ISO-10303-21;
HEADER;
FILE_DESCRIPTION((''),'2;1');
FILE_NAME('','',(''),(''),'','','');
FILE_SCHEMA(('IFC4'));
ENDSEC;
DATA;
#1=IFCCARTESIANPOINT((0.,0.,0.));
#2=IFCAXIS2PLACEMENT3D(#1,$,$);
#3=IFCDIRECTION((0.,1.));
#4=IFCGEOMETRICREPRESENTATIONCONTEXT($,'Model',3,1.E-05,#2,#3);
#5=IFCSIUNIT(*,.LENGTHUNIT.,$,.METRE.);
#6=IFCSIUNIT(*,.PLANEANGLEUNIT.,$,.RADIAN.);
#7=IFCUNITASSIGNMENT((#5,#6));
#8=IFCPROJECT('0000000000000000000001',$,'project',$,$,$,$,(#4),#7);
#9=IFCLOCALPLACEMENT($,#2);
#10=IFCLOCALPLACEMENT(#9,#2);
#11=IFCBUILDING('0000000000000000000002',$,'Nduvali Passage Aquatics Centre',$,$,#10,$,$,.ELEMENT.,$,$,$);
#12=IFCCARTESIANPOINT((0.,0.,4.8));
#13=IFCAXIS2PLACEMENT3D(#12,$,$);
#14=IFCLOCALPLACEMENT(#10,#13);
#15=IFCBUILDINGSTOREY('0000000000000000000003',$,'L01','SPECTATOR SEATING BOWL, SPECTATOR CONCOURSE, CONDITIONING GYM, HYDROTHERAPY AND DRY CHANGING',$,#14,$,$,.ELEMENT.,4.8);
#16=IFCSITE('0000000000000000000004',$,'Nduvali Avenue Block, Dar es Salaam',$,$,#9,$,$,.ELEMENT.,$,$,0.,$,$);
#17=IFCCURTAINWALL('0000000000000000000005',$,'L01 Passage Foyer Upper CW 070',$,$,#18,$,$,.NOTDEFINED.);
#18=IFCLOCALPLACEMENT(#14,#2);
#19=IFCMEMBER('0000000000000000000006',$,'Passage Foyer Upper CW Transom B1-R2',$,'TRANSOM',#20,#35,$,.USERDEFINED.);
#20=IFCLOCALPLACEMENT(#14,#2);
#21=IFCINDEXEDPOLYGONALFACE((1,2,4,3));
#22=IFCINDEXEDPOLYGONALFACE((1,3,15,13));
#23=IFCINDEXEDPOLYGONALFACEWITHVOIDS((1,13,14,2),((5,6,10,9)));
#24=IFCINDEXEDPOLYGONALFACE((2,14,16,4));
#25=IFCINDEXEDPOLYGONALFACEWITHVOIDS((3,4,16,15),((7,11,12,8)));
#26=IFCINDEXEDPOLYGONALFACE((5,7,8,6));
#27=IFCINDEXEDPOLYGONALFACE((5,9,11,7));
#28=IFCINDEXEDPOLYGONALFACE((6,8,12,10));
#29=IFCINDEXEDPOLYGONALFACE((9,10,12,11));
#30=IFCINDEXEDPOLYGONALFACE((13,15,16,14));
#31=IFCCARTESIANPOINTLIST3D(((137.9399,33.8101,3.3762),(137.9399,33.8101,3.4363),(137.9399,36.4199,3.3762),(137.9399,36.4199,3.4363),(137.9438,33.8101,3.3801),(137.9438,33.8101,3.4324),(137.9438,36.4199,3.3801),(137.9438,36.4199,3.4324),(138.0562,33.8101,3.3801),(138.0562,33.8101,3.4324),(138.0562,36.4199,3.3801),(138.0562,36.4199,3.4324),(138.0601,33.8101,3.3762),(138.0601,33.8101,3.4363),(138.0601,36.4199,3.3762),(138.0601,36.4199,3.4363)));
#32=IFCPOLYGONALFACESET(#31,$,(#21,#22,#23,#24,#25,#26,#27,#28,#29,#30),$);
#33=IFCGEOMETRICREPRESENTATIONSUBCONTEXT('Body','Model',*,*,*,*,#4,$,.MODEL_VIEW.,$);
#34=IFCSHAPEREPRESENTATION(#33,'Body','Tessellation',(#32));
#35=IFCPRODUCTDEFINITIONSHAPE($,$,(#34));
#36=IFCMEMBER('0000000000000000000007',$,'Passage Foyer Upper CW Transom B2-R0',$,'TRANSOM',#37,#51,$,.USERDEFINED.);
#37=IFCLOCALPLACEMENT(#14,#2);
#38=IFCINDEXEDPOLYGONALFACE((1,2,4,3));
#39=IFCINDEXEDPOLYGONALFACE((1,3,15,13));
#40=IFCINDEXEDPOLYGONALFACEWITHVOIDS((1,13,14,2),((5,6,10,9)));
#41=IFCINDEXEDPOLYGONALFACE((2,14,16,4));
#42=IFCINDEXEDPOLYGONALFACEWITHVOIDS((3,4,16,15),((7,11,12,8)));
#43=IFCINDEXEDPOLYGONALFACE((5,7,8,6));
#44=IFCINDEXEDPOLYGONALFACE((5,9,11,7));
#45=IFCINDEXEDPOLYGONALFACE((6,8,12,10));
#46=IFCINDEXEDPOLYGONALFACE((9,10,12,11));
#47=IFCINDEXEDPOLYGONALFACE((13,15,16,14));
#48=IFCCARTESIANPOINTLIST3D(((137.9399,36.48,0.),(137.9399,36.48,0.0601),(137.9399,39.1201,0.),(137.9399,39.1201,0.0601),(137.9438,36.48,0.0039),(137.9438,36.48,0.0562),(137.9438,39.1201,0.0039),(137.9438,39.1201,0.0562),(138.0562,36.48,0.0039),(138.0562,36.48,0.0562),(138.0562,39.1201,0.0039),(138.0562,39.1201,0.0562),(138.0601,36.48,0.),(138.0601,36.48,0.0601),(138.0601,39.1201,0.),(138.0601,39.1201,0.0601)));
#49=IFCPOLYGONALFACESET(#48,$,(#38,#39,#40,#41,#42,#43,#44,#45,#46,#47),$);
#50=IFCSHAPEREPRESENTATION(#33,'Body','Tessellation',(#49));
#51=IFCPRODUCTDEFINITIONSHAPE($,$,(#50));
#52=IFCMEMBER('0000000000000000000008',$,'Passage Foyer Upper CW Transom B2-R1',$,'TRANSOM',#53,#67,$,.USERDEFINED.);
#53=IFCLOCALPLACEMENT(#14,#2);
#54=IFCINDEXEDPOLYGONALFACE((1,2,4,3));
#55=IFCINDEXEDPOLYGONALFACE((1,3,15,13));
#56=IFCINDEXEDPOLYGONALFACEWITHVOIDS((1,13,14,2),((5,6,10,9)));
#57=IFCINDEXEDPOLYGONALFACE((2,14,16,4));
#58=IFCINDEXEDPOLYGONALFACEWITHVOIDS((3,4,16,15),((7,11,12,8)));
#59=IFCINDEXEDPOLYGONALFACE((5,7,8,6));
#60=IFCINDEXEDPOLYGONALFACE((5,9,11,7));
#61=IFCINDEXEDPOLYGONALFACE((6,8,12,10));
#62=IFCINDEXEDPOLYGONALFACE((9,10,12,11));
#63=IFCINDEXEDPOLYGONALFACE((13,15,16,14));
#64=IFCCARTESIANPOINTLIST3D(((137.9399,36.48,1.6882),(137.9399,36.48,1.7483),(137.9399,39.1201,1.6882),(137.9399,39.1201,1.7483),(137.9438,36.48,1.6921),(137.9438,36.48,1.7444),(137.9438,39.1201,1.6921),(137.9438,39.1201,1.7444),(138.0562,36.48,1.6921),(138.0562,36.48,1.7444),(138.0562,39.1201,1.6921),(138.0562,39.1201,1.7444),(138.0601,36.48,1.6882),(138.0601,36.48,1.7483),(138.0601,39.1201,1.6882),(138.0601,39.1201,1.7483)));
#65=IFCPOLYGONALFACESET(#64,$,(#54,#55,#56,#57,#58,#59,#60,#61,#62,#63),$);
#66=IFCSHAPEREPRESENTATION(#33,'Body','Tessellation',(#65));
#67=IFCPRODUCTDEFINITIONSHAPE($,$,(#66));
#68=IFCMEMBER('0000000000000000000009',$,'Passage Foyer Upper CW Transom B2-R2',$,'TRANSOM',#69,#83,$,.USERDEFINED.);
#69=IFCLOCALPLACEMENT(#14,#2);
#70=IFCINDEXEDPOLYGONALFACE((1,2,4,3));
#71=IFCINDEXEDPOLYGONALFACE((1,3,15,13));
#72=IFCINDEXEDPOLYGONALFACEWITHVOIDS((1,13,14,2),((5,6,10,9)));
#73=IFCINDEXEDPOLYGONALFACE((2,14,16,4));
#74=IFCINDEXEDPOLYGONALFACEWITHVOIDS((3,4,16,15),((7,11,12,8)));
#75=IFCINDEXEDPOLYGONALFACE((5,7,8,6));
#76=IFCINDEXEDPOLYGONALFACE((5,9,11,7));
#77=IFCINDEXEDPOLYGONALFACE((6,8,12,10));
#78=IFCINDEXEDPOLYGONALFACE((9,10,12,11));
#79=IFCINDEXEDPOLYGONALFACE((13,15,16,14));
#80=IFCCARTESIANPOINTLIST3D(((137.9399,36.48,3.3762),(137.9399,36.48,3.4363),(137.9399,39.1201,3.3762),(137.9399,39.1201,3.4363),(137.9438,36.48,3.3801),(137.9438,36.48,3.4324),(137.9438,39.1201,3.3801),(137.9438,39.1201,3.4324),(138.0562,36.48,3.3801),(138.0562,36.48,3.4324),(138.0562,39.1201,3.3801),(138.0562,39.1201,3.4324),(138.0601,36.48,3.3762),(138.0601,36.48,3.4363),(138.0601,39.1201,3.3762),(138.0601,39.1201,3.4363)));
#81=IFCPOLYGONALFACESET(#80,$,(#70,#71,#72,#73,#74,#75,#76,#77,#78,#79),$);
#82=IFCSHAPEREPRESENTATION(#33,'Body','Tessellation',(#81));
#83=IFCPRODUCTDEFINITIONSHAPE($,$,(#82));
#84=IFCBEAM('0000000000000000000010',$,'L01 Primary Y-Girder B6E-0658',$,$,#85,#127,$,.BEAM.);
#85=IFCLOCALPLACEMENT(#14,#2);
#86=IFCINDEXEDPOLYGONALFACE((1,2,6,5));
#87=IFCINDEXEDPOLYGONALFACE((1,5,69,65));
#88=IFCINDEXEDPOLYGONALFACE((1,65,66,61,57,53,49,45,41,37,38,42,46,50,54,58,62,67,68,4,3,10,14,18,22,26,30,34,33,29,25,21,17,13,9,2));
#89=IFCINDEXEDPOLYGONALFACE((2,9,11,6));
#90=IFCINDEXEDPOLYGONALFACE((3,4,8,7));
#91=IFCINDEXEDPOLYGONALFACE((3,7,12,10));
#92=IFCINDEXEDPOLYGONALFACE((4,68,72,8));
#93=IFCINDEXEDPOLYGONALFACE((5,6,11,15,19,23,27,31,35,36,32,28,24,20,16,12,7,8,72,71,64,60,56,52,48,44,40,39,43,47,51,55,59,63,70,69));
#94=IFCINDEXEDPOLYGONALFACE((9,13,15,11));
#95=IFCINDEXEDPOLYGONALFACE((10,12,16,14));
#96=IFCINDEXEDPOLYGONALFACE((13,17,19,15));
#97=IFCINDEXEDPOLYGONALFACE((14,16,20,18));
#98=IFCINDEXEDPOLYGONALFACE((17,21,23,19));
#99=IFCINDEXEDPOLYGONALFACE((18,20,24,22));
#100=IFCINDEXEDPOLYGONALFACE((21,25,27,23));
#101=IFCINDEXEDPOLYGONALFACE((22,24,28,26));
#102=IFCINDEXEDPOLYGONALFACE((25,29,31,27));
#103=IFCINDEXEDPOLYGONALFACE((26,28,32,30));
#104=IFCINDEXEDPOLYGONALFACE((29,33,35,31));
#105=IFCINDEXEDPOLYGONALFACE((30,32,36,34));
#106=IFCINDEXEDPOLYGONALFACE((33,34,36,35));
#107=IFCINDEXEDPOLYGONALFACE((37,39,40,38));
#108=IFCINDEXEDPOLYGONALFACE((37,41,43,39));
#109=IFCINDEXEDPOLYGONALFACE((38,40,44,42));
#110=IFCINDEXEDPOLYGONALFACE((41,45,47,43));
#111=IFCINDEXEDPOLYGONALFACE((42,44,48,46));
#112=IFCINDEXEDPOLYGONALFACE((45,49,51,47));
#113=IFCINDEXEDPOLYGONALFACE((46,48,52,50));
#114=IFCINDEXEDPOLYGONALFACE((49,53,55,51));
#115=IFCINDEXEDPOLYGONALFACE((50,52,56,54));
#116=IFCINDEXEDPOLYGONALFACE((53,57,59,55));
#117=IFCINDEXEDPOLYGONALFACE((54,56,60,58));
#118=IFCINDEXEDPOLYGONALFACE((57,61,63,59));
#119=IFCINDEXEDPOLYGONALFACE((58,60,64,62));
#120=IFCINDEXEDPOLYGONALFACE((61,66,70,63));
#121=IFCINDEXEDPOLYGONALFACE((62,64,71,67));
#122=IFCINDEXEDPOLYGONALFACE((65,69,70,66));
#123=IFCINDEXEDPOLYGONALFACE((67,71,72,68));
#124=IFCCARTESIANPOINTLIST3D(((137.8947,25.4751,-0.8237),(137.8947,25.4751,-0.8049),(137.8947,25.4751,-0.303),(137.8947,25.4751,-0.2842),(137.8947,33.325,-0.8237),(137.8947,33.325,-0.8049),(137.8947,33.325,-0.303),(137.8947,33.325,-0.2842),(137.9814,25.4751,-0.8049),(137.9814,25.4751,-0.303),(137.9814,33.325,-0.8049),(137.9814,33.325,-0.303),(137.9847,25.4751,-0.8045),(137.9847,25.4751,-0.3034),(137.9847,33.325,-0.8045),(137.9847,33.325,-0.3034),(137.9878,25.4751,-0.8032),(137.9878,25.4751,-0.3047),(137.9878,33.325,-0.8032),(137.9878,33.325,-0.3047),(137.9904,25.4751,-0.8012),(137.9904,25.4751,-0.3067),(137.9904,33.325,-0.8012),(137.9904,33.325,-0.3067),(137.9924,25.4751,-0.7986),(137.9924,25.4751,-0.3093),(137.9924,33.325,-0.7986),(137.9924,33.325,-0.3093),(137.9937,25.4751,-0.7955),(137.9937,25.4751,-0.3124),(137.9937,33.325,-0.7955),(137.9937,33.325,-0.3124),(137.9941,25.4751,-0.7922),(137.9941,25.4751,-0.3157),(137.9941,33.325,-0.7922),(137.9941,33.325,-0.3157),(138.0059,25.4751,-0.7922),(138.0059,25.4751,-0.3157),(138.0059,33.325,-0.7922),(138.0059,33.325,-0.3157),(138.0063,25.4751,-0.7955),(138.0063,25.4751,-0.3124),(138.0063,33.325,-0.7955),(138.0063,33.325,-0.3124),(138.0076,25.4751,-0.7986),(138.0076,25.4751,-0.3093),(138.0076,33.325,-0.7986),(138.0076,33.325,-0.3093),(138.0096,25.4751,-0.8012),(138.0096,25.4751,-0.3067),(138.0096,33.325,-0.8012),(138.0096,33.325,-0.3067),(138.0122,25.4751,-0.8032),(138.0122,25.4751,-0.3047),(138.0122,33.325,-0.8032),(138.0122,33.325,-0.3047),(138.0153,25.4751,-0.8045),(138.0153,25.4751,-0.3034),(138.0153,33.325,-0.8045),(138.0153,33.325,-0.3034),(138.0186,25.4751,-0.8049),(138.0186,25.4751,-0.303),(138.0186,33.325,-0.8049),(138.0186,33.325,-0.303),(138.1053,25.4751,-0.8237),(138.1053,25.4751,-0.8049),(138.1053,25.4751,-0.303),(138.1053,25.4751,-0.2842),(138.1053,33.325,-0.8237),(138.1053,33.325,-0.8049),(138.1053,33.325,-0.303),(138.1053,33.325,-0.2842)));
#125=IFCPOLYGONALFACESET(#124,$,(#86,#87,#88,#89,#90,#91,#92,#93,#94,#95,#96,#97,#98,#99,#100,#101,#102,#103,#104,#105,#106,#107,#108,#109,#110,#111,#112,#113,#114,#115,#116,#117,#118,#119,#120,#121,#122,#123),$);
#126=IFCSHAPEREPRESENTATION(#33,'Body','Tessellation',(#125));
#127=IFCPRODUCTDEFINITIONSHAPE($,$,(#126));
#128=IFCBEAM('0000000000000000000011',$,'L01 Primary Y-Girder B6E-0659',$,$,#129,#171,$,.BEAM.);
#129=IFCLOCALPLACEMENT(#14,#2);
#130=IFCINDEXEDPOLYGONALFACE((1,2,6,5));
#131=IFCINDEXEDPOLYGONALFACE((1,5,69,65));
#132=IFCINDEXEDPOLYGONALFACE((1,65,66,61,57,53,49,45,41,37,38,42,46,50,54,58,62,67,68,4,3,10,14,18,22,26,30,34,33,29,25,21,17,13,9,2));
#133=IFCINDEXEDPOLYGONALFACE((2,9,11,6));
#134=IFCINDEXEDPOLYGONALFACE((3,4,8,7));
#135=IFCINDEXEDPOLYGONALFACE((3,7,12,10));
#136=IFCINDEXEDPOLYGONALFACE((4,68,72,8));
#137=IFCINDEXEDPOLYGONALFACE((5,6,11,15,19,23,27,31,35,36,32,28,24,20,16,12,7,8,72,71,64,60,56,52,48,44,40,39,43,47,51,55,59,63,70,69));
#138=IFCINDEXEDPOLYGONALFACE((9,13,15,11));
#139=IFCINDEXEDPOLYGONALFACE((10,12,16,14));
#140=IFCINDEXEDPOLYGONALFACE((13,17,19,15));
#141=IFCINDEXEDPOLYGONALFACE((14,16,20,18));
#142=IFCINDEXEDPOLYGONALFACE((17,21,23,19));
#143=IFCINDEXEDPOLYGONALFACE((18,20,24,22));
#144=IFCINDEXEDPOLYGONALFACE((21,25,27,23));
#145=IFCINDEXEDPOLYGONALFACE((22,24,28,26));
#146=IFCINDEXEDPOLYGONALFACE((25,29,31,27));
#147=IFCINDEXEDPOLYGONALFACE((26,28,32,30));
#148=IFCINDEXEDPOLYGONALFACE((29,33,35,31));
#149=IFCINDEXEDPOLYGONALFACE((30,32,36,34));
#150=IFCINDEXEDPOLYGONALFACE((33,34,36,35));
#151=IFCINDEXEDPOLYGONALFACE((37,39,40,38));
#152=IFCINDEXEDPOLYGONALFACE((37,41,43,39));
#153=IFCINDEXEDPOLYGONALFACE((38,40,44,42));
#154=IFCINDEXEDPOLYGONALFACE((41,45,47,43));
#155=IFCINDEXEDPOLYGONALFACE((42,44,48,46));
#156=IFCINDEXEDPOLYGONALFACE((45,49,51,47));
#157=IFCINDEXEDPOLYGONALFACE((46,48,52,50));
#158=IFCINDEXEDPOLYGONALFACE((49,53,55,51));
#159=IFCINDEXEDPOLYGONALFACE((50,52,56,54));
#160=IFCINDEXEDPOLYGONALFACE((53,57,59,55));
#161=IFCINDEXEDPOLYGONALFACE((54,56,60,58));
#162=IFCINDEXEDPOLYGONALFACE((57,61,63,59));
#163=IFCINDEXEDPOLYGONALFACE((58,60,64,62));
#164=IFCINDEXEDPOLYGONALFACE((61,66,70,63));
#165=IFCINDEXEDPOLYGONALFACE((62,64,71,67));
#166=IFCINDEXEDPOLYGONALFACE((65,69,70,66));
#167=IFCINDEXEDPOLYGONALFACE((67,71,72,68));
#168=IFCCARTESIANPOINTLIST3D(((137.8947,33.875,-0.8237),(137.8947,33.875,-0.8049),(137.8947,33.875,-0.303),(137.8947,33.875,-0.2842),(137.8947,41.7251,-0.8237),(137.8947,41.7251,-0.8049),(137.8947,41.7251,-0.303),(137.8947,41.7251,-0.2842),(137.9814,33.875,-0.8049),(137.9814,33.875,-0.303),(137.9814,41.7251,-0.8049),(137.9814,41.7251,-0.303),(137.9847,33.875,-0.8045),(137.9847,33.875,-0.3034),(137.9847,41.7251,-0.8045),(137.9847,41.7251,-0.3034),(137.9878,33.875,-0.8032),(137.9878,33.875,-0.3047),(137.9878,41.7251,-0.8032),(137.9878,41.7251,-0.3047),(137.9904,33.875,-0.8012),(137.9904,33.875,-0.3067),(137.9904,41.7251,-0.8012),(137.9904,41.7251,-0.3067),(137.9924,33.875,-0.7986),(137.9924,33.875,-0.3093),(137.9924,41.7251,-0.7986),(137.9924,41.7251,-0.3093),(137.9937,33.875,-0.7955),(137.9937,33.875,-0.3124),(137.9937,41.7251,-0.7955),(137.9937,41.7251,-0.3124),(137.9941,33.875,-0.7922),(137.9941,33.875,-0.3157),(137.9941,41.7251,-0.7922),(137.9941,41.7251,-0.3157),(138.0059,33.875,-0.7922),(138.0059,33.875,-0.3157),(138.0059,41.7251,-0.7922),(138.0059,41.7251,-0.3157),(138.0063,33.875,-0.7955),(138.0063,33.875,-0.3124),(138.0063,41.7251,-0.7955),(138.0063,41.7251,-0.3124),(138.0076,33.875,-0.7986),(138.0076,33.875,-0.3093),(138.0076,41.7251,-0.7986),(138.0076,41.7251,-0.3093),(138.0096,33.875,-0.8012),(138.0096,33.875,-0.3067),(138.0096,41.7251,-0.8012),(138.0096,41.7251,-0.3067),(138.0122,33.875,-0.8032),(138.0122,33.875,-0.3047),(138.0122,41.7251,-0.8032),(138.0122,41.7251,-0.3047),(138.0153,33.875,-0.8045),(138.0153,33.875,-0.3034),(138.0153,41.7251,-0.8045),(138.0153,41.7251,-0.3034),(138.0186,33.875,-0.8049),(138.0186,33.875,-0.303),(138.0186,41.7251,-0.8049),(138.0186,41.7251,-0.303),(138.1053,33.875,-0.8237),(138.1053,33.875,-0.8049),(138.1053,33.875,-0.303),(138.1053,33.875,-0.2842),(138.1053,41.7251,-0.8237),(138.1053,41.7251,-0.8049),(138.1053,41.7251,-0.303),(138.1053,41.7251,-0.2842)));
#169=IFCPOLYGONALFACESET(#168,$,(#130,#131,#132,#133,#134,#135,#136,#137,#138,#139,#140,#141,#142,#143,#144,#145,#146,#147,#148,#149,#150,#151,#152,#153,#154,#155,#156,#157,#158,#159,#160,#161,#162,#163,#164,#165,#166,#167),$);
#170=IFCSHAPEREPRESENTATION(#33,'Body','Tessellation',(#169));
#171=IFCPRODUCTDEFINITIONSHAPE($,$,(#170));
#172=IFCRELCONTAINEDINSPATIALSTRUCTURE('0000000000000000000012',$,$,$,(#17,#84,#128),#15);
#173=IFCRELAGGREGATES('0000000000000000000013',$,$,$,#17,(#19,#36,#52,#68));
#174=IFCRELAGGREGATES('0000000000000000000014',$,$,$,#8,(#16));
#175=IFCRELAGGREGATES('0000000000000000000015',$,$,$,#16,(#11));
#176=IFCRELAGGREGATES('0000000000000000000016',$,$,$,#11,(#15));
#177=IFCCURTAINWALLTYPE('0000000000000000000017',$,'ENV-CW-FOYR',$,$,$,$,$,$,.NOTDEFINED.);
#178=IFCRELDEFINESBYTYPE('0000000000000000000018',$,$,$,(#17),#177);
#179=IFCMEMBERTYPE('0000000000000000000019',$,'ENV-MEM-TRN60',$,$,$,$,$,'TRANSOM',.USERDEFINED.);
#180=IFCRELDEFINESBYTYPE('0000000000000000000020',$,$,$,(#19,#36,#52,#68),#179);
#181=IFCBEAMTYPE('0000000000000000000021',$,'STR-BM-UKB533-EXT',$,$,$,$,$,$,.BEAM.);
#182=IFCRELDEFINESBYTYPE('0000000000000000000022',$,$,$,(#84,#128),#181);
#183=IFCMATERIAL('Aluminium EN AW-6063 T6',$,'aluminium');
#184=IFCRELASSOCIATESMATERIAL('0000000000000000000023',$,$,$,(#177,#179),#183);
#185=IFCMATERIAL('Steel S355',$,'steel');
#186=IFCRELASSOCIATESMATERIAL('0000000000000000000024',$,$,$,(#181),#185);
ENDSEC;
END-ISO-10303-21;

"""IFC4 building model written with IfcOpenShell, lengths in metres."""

from ifc_helpers import new_model, si_unit, direction, frame, origin, origin_2d, place, context, subcontext, project, spatial, hollow_rectangle, i_section, extrude, material, material_profile, profile_set, type_object, element, aggregate, save


model = new_model("IFC4")

# Units and contexts
model_context = context("Model", 3, precision=1e-05, world=origin(), true_north=direction((0.0, 1.0)))
body_context = subcontext(model_context, "Body", "Model", "MODEL_VIEW")
ifc_project = project(units=[si_unit("LENGTHUNIT", "METRE"), si_unit("PLANEANGLEUNIT", "RADIAN")], contexts=[model_context])

# Site, building, storey
site_placement = place(None, origin())
site = spatial("IfcSite", under=ifc_project, at=site_placement, Name="Nduvali Avenue Block, Dar es Salaam", CompositionType="ELEMENT", RefElevation=0.0)
building_placement = place(site_placement, origin())
building = spatial("IfcBuilding", under=site, at=building_placement, Name="Nduvali Passage Aquatics Centre", CompositionType="ELEMENT")
storey_placement = place(building_placement, frame((0.0, 0.0, 4.8)))
storey = spatial("IfcBuildingStorey", under=building, at=storey_placement, Name="L01", Description="SPECTATOR SEATING BOWL, SPECTATOR CONCOURSE, CONDITIONING GYM, HYDROTHERAPY AND DRY CHANGING", CompositionType="ELEMENT", Elevation=4.8)

# Shared definitions
ifc_material_1 = material(Name="Steel S355", Category="steel")

# Curtain wall
ifc_material_2 = material(Name="Aluminium EN AW-6063 T6", Category="aluminium")
curtain_wall_type = type_object("IfcCurtainWallType", Name="ENV-CW-FOYR", PredefinedType="NOTDEFINED", material=ifc_material_2)
curtain_wall_1_placement = place(storey_placement, origin())
curtain_wall_1 = element("IfcCurtainWall", 1, at=curtain_wall_1_placement, inside=storey, type_object=curtain_wall_type, Name="L01 Passage Foyer Upper CW 070", PredefinedType="NOTDEFINED")

# Members
ifc_material_profile_1 = material_profile(ifc_material_2, hollow_rectangle(XDim=0.1201, YDim=0.0601, WallThickness=0.0039, at=origin_2d()), Name="ALU TRANSOM 120x60x4")
ifc_profile_set_1 = profile_set([ifc_material_profile_1], Name="Aluminium EN AW-6063 T6")
member_type_1 = type_object("IfcMemberType", Name="ENV-MEM-TRN60", ElementType="TRANSOM", PredefinedType="USERDEFINED", material=ifc_profile_set_1)
member_1_placement = place(storey_placement, frame((138.0, 33.8101, 3.4062), z_axis=(0.0, 1.0, 0.0), x_axis=(-1.0, 0.0, 0.0)))
member_1 = element("IfcMember", 2, at=member_1_placement, type_object=member_type_1, Name="Passage Foyer Upper CW Transom B1-R2", ObjectType="TRANSOM", PredefinedType="USERDEFINED", context=body_context, shape_type="SweptSolid", body=[
    extrude(hollow_rectangle(XDim=0.1201, YDim=0.0601, WallThickness=0.0039, at=origin_2d()), origin(), (0.0, 0.0, 1.0), 2.6099),
])
member_2_placement = place(storey_placement, frame((138.0, 36.48, 0.03), z_axis=(0.0, 1.0, 0.0), x_axis=(-1.0, 0.0, 0.0)))
member_2 = element("IfcMember", 3, at=member_2_placement, type_object=member_type_1, Name="Passage Foyer Upper CW Transom B2-R0", ObjectType="TRANSOM", PredefinedType="USERDEFINED", context=body_context, shape_type="SweptSolid", body=[
    extrude(hollow_rectangle(XDim=0.1201, YDim=0.0601, WallThickness=0.0039, at=origin_2d()), origin(), (0.0, 0.0, 1.0), 2.6401),
])
member_3_placement = place(storey_placement, frame((138.0, 36.48, 1.7183), z_axis=(0.0, 1.0, 0.0), x_axis=(-1.0, 0.0, 0.0)))
member_3 = element("IfcMember", 4, at=member_3_placement, type_object=member_type_1, Name="Passage Foyer Upper CW Transom B2-R1", ObjectType="TRANSOM", PredefinedType="USERDEFINED", context=body_context, shape_type="SweptSolid", body=[
    extrude(hollow_rectangle(XDim=0.1201, YDim=0.0601, WallThickness=0.0039, at=origin_2d()), origin(), (0.0, 0.0, 1.0), 2.6401),
])
member_4_placement = place(storey_placement, frame((138.0, 36.48, 3.4062), z_axis=(0.0, 1.0, 0.0), x_axis=(-1.0, 0.0, 0.0)))
member_4 = element("IfcMember", 5, at=member_4_placement, type_object=member_type_1, Name="Passage Foyer Upper CW Transom B2-R2", ObjectType="TRANSOM", PredefinedType="USERDEFINED", context=body_context, shape_type="SweptSolid", body=[
    extrude(hollow_rectangle(XDim=0.1201, YDim=0.0601, WallThickness=0.0039, at=origin_2d()), origin(), (0.0, 0.0, 1.0), 2.6401),
])

# Beams
ifc_material_profile_2 = material_profile(ifc_material_1, i_section(OverallWidth=0.2107, OverallDepth=0.5396, WebThickness=0.0117, FlangeThickness=0.0188, FilletRadius=0.0127, at=origin_2d()), Name="UKB 533x210x109")
ifc_profile_set_2 = profile_set([ifc_material_profile_2], Name="Steel S355")
beam_type_1 = type_object("IfcBeamType", Name="STR-BM-UKB533-EXT", PredefinedType="BEAM", material=ifc_profile_set_2)
beam_1_placement = place(storey_placement, frame((138.0, 25.4751, -0.554), z_axis=(0.0, 1.0, 0.0), x_axis=(-1.0, 0.0, 0.0)))
element("IfcBeam", 6, at=beam_1_placement, inside=storey, type_object=beam_type_1, Name="L01 Primary Y-Girder B6E-0658", PredefinedType="BEAM", context=body_context, shape_type="SweptSolid", body=[
    extrude(i_section(OverallWidth=0.2107, OverallDepth=0.5396, WebThickness=0.0117, FlangeThickness=0.0188, FilletRadius=0.0127, at=origin_2d()), origin(), (0.0, 0.0, 1.0), 7.8499),
])
beam_2_placement = place(storey_placement, frame((138.0, 33.875, -0.554), z_axis=(0.0, 1.0, 0.0), x_axis=(-1.0, 0.0, 0.0)))
element("IfcBeam", 7, at=beam_2_placement, inside=storey, type_object=beam_type_1, Name="L01 Primary Y-Girder B6E-0659", PredefinedType="BEAM", context=body_context, shape_type="SweptSolid", body=[
    extrude(i_section(OverallWidth=0.2107, OverallDepth=0.5396, WebThickness=0.0117, FlangeThickness=0.0188, FilletRadius=0.0127, at=origin_2d()), origin(), (0.0, 0.0, 1.0), 7.8501),
])

aggregate(curtain_wall_1, [member_1, member_2, member_3, member_4])

save(model, "model.ifc")
